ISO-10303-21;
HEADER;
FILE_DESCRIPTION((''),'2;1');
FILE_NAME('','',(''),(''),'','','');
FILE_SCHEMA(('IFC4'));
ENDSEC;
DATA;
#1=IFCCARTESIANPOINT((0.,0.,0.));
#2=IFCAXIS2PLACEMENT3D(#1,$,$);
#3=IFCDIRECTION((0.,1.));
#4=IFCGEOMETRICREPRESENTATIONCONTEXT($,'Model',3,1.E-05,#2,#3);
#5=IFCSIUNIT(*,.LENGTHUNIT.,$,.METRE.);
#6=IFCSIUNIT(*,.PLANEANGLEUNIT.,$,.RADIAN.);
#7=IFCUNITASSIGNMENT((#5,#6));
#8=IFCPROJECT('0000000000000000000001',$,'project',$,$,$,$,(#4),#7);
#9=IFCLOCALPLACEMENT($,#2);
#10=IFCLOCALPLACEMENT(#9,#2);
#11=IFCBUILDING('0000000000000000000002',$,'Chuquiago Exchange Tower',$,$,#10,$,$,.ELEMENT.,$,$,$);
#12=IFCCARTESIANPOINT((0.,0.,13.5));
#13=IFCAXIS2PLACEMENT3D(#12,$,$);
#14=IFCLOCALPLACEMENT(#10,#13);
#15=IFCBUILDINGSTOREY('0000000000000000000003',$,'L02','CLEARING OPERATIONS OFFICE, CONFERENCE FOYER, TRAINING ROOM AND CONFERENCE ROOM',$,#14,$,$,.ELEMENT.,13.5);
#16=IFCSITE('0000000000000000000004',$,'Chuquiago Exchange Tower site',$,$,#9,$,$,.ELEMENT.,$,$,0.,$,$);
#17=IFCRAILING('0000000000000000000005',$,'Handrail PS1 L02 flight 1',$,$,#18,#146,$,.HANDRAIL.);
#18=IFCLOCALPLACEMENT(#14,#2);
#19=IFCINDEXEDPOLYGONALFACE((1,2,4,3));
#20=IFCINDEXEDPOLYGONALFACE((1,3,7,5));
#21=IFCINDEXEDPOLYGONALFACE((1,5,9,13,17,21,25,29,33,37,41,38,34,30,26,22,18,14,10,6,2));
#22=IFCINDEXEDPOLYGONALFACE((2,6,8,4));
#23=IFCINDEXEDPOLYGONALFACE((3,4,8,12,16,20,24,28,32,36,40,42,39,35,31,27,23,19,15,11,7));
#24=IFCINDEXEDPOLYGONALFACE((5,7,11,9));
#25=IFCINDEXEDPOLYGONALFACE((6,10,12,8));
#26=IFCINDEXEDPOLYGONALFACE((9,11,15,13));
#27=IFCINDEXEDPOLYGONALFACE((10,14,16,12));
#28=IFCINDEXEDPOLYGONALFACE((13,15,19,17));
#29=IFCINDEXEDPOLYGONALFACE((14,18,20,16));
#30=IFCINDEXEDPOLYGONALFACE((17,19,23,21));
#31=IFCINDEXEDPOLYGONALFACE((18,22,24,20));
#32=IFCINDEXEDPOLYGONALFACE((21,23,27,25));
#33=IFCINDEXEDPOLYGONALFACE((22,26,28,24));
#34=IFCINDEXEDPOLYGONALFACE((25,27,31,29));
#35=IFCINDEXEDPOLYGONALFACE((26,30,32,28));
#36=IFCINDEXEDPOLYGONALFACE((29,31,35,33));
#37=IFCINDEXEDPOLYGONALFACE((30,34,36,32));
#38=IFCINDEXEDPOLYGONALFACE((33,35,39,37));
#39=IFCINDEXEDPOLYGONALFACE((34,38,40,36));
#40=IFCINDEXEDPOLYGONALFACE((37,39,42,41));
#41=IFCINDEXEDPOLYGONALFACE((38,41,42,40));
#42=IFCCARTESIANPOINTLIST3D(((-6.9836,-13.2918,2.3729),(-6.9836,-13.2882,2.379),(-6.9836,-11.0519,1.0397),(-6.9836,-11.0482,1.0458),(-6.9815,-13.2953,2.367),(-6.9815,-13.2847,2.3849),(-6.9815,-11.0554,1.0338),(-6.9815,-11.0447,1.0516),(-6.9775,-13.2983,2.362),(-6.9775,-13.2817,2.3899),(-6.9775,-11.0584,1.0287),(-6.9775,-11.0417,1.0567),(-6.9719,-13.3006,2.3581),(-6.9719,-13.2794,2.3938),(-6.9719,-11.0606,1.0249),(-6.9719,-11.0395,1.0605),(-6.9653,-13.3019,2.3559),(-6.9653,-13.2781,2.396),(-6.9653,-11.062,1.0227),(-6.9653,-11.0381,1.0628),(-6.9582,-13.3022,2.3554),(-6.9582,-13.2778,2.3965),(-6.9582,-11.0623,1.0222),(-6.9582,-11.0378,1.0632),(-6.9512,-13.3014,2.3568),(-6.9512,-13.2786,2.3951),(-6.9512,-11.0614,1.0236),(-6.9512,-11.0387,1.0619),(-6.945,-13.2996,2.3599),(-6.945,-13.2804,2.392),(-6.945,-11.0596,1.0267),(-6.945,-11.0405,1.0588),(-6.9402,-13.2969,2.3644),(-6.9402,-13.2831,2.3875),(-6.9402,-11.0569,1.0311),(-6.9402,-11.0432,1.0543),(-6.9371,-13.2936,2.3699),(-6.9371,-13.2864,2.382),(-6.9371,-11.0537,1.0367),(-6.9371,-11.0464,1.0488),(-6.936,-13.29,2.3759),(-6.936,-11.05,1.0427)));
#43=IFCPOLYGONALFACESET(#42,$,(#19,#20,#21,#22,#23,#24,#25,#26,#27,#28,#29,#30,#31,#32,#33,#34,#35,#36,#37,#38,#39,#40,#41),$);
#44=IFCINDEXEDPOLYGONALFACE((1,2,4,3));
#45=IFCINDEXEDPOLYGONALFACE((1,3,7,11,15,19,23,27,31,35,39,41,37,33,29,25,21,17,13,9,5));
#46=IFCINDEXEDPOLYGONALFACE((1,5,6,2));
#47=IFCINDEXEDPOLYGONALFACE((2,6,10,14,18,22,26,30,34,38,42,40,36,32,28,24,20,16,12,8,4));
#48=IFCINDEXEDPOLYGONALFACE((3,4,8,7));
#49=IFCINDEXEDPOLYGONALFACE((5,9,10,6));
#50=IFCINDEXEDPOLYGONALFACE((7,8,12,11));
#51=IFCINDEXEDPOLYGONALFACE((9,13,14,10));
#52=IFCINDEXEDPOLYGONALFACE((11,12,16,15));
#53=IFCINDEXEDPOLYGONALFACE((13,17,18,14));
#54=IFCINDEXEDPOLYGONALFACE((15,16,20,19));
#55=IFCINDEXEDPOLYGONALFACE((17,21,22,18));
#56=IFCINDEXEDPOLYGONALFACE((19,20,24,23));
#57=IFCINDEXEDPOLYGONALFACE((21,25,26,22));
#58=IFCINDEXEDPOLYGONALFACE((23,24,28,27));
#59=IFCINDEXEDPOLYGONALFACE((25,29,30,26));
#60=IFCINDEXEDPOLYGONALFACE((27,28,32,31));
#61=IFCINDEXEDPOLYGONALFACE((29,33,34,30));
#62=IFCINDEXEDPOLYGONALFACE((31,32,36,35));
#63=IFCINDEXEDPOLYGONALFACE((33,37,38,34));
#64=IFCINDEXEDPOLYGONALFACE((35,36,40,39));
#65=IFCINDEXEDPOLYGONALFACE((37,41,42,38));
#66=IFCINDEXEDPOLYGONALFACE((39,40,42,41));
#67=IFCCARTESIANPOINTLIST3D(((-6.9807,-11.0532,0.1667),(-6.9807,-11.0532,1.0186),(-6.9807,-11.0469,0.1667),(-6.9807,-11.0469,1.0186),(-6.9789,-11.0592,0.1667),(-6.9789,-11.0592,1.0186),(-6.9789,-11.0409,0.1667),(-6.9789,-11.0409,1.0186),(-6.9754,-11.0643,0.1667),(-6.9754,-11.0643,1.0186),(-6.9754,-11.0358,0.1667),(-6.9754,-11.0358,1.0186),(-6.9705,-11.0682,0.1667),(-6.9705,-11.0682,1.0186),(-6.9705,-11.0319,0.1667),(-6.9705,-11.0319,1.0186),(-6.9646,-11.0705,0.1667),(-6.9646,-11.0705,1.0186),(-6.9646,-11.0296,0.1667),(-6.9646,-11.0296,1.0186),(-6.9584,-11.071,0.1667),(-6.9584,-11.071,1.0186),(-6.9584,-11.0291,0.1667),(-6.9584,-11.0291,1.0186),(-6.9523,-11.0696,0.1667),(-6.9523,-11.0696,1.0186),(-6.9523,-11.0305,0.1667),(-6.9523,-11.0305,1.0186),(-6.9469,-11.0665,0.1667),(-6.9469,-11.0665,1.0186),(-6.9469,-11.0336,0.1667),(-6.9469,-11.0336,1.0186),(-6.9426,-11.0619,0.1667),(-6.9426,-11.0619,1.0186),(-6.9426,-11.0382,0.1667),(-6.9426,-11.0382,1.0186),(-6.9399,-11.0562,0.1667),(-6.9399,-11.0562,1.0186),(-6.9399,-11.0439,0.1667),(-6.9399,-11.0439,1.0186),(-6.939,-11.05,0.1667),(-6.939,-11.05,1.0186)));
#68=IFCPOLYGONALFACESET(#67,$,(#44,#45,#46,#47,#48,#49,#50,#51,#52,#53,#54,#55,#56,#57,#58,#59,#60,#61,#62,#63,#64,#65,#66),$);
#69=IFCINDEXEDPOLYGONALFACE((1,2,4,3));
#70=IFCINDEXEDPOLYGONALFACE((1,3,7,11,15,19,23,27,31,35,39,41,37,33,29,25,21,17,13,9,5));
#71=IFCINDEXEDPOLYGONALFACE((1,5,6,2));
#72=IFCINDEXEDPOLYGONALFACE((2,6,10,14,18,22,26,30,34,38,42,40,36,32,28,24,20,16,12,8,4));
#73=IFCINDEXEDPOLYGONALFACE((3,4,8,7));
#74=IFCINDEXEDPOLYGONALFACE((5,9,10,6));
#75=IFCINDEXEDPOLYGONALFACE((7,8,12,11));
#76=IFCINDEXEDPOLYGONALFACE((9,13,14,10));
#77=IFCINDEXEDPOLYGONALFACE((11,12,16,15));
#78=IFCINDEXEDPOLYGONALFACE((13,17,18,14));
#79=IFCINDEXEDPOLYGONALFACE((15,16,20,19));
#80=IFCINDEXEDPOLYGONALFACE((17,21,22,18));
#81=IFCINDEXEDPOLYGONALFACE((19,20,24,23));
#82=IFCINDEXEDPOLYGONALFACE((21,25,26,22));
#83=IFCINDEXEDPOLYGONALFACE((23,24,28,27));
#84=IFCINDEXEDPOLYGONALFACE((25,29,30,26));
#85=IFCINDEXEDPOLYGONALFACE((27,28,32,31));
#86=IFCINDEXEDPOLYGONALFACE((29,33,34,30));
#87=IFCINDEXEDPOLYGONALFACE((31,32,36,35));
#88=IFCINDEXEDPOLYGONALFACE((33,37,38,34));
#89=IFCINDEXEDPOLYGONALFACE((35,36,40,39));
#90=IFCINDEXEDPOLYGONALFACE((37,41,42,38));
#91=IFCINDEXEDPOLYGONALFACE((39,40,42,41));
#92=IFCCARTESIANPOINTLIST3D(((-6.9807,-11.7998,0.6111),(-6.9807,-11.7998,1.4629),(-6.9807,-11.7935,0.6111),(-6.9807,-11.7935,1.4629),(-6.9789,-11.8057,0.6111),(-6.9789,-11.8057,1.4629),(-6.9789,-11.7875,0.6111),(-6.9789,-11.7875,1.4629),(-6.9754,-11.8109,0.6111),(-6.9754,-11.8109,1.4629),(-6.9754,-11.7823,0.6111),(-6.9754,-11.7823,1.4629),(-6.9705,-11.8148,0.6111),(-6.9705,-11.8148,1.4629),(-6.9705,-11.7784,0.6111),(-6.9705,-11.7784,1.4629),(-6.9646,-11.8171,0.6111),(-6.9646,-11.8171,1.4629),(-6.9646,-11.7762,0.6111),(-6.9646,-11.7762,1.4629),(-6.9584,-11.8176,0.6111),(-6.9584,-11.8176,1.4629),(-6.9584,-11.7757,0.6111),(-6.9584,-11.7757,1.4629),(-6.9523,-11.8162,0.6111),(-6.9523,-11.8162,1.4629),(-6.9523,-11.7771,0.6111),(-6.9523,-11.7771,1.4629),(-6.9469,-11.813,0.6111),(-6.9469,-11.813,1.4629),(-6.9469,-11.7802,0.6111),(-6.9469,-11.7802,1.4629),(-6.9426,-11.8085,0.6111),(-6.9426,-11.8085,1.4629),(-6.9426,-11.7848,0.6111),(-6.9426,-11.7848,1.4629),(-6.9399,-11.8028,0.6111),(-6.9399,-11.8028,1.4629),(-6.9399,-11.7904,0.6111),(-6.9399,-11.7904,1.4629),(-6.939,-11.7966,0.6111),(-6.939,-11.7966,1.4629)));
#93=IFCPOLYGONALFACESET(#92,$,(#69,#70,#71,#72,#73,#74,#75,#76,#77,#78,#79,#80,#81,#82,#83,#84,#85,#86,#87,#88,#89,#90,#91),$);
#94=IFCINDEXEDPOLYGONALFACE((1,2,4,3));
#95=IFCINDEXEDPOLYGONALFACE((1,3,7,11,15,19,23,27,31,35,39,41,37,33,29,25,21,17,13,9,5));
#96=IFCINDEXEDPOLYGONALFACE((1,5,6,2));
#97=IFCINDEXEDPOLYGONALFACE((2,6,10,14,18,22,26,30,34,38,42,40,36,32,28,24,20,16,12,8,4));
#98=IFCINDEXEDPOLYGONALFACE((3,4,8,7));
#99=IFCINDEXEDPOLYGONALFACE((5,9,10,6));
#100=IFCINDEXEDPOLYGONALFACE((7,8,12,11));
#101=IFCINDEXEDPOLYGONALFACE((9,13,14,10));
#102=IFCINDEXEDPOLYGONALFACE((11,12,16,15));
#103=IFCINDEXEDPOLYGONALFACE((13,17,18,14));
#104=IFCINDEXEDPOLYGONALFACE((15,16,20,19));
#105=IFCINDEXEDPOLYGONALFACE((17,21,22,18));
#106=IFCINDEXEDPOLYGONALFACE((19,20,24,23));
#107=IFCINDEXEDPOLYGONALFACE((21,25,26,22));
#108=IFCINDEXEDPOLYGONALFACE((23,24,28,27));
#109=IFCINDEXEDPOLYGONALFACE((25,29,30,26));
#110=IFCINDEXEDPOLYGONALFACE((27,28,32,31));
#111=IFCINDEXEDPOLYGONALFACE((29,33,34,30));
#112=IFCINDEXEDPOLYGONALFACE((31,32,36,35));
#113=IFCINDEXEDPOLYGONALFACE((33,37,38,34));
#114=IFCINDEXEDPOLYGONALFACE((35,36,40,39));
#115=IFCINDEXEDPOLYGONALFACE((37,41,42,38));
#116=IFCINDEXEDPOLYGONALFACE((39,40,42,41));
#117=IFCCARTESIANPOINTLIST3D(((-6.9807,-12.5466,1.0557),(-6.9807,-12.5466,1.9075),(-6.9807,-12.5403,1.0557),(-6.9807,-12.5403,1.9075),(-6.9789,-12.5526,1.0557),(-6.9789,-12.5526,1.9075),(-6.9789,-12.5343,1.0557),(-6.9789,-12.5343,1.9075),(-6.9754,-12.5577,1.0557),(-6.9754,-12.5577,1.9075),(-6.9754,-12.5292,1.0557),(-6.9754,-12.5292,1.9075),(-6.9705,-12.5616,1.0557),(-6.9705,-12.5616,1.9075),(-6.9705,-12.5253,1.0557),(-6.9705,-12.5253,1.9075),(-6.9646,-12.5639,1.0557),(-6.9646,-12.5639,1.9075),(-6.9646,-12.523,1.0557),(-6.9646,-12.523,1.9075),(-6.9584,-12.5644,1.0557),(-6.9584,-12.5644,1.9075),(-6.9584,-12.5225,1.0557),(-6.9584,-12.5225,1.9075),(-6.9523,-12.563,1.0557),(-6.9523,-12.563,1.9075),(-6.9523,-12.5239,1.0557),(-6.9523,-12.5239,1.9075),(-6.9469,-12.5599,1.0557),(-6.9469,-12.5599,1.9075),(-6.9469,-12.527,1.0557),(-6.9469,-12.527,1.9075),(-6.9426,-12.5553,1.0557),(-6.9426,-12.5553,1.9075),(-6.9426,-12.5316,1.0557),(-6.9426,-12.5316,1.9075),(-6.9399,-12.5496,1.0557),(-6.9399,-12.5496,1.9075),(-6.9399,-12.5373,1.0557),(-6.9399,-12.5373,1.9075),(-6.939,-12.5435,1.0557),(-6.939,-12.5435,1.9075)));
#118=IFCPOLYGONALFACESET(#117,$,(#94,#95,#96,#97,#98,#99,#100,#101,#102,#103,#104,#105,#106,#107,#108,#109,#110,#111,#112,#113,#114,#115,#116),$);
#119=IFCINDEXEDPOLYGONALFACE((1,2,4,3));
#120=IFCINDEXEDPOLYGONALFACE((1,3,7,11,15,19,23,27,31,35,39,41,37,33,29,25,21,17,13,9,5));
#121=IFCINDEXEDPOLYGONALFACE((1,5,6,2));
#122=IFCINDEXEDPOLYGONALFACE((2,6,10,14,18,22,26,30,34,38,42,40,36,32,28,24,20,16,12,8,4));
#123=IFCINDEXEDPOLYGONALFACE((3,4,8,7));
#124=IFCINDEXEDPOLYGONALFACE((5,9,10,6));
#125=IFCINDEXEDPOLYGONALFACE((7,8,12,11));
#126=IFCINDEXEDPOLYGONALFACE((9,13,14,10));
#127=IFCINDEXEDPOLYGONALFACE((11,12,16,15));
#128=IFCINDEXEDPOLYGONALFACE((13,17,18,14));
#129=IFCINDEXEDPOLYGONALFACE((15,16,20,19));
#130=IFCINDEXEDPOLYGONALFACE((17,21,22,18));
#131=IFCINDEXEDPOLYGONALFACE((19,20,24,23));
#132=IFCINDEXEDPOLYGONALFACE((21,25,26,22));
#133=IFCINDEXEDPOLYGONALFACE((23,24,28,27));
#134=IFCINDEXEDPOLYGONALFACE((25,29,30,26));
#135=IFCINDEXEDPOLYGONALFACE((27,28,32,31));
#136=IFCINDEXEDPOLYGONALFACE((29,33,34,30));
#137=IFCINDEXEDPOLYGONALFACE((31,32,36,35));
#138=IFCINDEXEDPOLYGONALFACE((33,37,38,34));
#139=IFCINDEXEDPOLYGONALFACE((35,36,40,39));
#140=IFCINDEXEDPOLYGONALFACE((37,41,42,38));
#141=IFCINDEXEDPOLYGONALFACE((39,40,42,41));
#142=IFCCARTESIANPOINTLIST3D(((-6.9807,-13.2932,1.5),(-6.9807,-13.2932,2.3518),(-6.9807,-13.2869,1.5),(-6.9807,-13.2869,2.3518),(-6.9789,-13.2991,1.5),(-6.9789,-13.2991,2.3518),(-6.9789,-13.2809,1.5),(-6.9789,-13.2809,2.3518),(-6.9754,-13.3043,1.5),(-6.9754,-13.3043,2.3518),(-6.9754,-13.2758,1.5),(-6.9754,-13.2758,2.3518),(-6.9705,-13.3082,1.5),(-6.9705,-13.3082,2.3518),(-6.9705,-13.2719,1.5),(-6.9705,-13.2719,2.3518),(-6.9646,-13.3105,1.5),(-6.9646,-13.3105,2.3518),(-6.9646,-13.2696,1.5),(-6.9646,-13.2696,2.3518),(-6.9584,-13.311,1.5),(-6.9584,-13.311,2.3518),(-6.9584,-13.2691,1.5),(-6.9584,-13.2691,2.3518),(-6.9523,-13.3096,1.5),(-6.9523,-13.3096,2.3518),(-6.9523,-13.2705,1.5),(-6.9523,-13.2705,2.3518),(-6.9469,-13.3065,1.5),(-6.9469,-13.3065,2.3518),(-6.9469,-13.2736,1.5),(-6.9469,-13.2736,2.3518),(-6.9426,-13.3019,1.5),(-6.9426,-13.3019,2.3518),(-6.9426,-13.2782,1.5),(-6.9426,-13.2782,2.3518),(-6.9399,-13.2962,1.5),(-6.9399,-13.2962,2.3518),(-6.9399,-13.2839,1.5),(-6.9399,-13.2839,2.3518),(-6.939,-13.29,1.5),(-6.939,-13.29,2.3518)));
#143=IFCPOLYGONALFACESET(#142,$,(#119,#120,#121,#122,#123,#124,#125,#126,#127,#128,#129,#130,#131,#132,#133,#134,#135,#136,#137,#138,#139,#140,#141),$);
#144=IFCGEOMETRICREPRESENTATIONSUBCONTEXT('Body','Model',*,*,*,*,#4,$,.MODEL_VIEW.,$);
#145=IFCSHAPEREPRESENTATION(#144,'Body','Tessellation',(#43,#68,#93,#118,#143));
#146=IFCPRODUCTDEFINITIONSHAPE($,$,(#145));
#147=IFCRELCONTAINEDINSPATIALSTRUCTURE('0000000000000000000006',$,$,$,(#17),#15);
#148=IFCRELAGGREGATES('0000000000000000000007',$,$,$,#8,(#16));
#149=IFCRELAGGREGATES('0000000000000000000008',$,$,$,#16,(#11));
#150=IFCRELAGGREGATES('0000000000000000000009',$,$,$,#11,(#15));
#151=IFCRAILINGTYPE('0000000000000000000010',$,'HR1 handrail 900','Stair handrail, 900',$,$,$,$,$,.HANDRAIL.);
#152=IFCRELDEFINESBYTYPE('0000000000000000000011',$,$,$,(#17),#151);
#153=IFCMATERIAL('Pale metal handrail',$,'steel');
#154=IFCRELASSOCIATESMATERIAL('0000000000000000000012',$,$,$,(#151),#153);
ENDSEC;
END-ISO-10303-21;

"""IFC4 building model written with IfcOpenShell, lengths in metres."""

from ifc_helpers import new_model, si_unit, direction, frame, origin, origin_2d, place, context, subcontext, project, spatial, circle, extrude, material, type_object, element, save


model = new_model("IFC4")

# Units and contexts
model_context = context("Model", 3, precision=1e-05, world=origin(), true_north=direction((0.0, 1.0)))
body_context = subcontext(model_context, "Body", "Model", "MODEL_VIEW")
ifc_project = project(units=[si_unit("LENGTHUNIT", "METRE"), si_unit("PLANEANGLEUNIT", "RADIAN")], contexts=[model_context])

# Site, building, storey
site_placement = place(None, origin())
site = spatial("IfcSite", under=ifc_project, at=site_placement, Name="Chuquiago Exchange Tower site", CompositionType="ELEMENT", RefElevation=0.0)
building_placement = place(site_placement, origin())
building = spatial("IfcBuilding", under=site, at=building_placement, Name="Chuquiago Exchange Tower", CompositionType="ELEMENT")
storey_placement = place(building_placement, frame((0.0, 0.0, 13.5)))
storey = spatial("IfcBuildingStorey", under=building, at=storey_placement, Name="L02", Description="CLEARING OPERATIONS OFFICE, CONFERENCE FOYER, TRAINING ROOM AND CONFERENCE ROOM", CompositionType="ELEMENT", Elevation=13.5)

# Railing
ifc_material_1 = material(Name="Pale metal handrail", Category="steel")
railing_type = type_object("IfcRailingType", Name="HR1 handrail 900", Description="Stair handrail, 900", PredefinedType="HANDRAIL", material=ifc_material_1)
for number, where, name in (
    (1, (-6.96, -11.05, 0.1667), "Handrail PS1 L02 flight 1"),
):
    element("IfcRailing", number, at=place(storey_placement, frame(where)), inside=storey, type_object=railing_type, Name=name, PredefinedType="HANDRAIL", context=body_context, shape_type="SweptSolid", body=[
        extrude(circle(Radius=0.0239, at=origin_2d()), frame((0.0, 0.0, 0.876), z_axis=(0.0, -0.859306, 0.511462), x_axis=(1.0, 0.0, 0.0)), (0.0, 0.0, 1.0), 2.6067),
        extrude(circle(Radius=0.021, at=origin_2d()), origin(), (0.0, 0.0, 1.0), 0.8518),
        extrude(circle(Radius=0.021, at=origin_2d()), frame((0.0, -0.7466, 0.4443)), (0.0, 0.0, 1.0), 0.8518),
        extrude(circle(Radius=0.021, at=origin_2d()), frame((0.0, -1.4934, 0.8889)), (0.0, 0.0, 1.0), 0.8518),
        extrude(circle(Radius=0.021, at=origin_2d()), frame((0.0, -2.24, 1.3333)), (0.0, 0.0, 1.0), 0.8518),
    ])

save(model, "model.ifc")
